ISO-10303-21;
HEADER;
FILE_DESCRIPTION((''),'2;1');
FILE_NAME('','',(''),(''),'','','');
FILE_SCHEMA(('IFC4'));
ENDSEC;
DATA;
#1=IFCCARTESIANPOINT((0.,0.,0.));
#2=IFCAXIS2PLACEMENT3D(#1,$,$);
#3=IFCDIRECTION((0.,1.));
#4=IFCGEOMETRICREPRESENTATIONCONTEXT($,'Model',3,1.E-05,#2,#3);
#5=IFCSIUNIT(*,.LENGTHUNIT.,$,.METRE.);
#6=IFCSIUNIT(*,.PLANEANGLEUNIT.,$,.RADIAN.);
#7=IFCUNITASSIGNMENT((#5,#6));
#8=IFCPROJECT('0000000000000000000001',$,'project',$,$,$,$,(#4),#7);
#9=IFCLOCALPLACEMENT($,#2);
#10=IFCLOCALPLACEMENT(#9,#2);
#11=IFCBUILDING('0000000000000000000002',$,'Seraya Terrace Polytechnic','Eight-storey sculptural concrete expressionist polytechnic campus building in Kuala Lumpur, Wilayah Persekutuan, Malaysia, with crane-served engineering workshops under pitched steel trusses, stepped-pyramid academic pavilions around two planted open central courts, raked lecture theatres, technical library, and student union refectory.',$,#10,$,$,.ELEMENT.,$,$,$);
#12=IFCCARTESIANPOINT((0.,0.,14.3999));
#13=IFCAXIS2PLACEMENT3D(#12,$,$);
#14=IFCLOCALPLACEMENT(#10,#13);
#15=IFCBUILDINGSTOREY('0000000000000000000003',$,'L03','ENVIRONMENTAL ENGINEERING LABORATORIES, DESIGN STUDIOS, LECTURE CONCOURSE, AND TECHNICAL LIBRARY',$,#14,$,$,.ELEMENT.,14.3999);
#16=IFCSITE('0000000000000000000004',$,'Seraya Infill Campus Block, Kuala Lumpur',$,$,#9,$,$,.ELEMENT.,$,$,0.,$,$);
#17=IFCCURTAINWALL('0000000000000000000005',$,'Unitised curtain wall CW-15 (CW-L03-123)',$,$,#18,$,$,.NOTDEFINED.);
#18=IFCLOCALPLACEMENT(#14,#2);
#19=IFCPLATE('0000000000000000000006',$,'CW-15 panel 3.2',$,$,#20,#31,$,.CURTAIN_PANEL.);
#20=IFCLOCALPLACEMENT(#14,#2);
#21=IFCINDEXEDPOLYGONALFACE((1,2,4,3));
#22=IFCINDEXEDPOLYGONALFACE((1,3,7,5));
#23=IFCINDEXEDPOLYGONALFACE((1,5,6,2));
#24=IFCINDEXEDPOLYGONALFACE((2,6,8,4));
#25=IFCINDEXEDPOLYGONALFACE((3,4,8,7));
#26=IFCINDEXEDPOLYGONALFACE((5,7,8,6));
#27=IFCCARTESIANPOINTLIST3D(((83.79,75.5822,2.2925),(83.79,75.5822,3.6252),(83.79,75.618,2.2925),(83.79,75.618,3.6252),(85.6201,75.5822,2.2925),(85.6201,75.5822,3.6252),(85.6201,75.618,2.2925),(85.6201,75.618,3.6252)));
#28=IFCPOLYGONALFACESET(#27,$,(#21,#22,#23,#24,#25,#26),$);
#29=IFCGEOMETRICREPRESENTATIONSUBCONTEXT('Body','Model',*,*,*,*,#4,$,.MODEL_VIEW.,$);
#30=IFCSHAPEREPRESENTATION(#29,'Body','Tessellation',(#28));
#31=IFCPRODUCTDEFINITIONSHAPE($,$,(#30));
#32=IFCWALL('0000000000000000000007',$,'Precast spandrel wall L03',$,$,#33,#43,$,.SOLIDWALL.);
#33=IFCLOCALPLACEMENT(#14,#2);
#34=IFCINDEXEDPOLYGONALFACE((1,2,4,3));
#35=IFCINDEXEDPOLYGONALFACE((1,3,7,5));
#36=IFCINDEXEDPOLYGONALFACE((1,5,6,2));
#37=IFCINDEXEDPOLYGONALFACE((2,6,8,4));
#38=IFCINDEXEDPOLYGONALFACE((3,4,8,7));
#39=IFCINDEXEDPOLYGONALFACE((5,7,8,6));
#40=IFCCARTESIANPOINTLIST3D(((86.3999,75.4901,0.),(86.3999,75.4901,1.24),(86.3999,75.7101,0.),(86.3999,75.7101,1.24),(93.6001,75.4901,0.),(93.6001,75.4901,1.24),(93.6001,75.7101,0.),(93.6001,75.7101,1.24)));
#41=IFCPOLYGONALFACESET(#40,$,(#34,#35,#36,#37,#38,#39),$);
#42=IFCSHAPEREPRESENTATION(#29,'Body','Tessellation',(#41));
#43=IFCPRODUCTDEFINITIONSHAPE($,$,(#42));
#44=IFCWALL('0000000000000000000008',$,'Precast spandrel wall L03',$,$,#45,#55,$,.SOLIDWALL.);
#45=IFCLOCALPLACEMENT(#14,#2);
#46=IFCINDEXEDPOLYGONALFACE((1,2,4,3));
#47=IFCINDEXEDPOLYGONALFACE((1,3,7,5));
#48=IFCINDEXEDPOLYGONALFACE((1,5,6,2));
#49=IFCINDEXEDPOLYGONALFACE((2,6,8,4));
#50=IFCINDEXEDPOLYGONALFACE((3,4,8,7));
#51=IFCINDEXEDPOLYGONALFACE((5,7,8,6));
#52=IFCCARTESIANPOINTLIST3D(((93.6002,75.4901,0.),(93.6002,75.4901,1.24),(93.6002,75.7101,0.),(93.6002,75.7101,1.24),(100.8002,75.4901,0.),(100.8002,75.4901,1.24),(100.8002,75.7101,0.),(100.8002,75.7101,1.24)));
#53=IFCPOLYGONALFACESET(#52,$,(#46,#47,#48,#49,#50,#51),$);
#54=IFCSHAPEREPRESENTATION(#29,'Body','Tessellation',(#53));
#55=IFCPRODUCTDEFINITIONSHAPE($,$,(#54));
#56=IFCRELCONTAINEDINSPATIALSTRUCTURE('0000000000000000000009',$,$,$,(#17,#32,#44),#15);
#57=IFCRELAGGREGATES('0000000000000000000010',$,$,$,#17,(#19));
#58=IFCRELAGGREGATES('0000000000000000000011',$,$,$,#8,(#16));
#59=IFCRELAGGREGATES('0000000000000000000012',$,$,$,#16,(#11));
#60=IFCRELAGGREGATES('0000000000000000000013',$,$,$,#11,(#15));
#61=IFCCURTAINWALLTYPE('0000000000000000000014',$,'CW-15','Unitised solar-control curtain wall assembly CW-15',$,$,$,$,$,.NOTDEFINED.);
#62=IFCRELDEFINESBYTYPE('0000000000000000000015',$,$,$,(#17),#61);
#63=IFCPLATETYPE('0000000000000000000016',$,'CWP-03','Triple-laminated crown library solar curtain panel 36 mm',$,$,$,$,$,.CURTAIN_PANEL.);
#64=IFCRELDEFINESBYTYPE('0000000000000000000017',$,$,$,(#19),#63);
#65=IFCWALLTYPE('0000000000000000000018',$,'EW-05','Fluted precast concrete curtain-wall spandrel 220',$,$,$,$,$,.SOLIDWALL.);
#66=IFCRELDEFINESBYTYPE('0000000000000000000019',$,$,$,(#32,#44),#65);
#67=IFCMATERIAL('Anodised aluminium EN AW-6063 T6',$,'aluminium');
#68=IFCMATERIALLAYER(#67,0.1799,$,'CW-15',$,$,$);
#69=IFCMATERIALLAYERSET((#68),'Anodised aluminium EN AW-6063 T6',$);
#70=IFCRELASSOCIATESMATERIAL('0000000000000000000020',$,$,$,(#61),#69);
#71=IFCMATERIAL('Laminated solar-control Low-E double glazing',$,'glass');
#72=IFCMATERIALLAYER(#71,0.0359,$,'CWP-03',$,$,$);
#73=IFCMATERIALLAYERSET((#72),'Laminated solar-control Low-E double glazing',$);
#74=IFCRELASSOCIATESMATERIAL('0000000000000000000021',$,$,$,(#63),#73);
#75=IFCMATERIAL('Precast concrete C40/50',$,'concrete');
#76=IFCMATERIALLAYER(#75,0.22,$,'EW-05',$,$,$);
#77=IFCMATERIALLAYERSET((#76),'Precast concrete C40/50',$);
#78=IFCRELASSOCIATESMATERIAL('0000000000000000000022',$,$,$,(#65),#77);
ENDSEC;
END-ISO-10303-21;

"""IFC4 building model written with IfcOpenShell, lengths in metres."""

from ifc_helpers import new_model, si_unit, direction, frame, frame_2d, origin, origin_2d, place, context, subcontext, project, spatial, rectangle, extrude, material, layer, layer_set, type_object, element, aggregate, save


model = new_model("IFC4")

# Units and contexts
model_context = context("Model", 3, precision=1e-05, world=origin(), true_north=direction((0.0, 1.0)))
body_context = subcontext(model_context, "Body", "Model", "MODEL_VIEW")
ifc_project = project(units=[si_unit("LENGTHUNIT", "METRE"), si_unit("PLANEANGLEUNIT", "RADIAN")], contexts=[model_context])

# Site, building, storey
site_placement = place(None, origin())
site = spatial("IfcSite", under=ifc_project, at=site_placement, Name="Seraya Infill Campus Block, Kuala Lumpur", CompositionType="ELEMENT", RefElevation=0.0)
building_placement = place(site_placement, origin())
building = spatial("IfcBuilding", under=site, at=building_placement, Name="Seraya Terrace Polytechnic", Description="Eight-storey sculptural concrete expressionist polytechnic campus building in Kuala Lumpur, Wilayah Persekutuan, Malaysia, with crane-served engineering workshops under pitched steel trusses, stepped-pyramid academic pavilions around two planted open central courts, raked lecture theatres, technical library, and student union refectory.", CompositionType="ELEMENT")
storey_placement = place(building_placement, frame((0.0, 0.0, 14.3999)))
storey = spatial("IfcBuildingStorey", under=building, at=storey_placement, Name="L03", Description="ENVIRONMENTAL ENGINEERING LABORATORIES, DESIGN STUDIOS, LECTURE CONCOURSE, AND TECHNICAL LIBRARY", CompositionType="ELEMENT", Elevation=14.3999)

# Curtain wall
ifc_material_1 = material(Name="Anodised aluminium EN AW-6063 T6", Category="aluminium")
ifc_layer_1 = layer(ifc_material_1, 0.1799, Name="CW-15")
ifc_layer_set_1 = layer_set([ifc_layer_1], Name="Anodised aluminium EN AW-6063 T6")
curtain_wall_type_1 = type_object("IfcCurtainWallType", Name="CW-15", Description="Unitised solar-control curtain wall assembly CW-15", PredefinedType="NOTDEFINED", material=ifc_layer_set_1)
curtain_wall_1_placement = place(storey_placement, origin())
curtain_wall_1 = element("IfcCurtainWall", 1, at=curtain_wall_1_placement, inside=storey, type_object=curtain_wall_type_1, Name="Unitised curtain wall CW-15 (CW-L03-123)", PredefinedType="NOTDEFINED")

# Plate
ifc_material_2 = material(Name="Laminated solar-control Low-E double glazing", Category="glass")
ifc_layer_2 = layer(ifc_material_2, 0.0359, Name="CWP-03")
ifc_layer_set_2 = layer_set([ifc_layer_2], Name="Laminated solar-control Low-E double glazing")
plate_type_1 = type_object("IfcPlateType", Name="CWP-03", Description="Triple-laminated crown library solar curtain panel 36 mm", PredefinedType="CURTAIN_PANEL", material=ifc_layer_set_2)
plate_1_placement = place(storey_placement, frame((84.7051, 75.6001, 2.2925), z_axis=(0.0, 0.0, 1.0), x_axis=(1.0, 0.0, 0.0)))
plate_1 = element("IfcPlate", 2, at=plate_1_placement, type_object=plate_type_1, Name="CW-15 panel 3.2", PredefinedType="CURTAIN_PANEL", context=body_context, shape_type="SweptSolid", body=[
    extrude(rectangle(XDim=1.8301, YDim=0.0359, at=origin_2d()), origin(), (0.0, 0.0, 1.0), 1.3328),
])
aggregate(curtain_wall_1, [plate_1])

# Walls
ifc_material_3 = material(Name="Precast concrete C40/50", Category="concrete")
ifc_layer_3 = layer(ifc_material_3, 0.22, Name="EW-05")
ifc_layer_set_3 = layer_set([ifc_layer_3], Name="Precast concrete C40/50")
wall_type = type_object("IfcWallType", Name="EW-05", Description="Fluted precast concrete curtain-wall spandrel 220", PredefinedType="SOLIDWALL", material=ifc_layer_set_3)
wall_1_placement = place(storey_placement, frame((86.3999, 75.6001, 0.0), z_axis=(0.0, 0.0, 1.0), x_axis=(1.0, 0.0, 0.0)))
element("IfcWall", 3, at=wall_1_placement, inside=storey, type_object=wall_type, Name="Precast spandrel wall L03", PredefinedType="SOLIDWALL", context=body_context, shape_type="SweptSolid", body=[
    extrude(rectangle(XDim=7.2002, YDim=0.22, at=frame_2d((3.6001, 0.0))), origin(), (0.0, 0.0, 1.0), 1.24),
])
wall_2_placement = place(storey_placement, frame((93.6001, 75.6001, 0.0), z_axis=(0.0, 0.0, 1.0), x_axis=(1.0, 0.0, 0.0)))
element("IfcWall", 4, at=wall_2_placement, inside=storey, type_object=wall_type, Name="Precast spandrel wall L03", PredefinedType="SOLIDWALL", context=body_context, shape_type="SweptSolid", body=[
    extrude(rectangle(XDim=7.2, YDim=0.22, at=frame_2d((3.6001, 0.0))), origin(), (0.0, 0.0, 1.0), 1.24),
])

save(model, "model.ifc")
